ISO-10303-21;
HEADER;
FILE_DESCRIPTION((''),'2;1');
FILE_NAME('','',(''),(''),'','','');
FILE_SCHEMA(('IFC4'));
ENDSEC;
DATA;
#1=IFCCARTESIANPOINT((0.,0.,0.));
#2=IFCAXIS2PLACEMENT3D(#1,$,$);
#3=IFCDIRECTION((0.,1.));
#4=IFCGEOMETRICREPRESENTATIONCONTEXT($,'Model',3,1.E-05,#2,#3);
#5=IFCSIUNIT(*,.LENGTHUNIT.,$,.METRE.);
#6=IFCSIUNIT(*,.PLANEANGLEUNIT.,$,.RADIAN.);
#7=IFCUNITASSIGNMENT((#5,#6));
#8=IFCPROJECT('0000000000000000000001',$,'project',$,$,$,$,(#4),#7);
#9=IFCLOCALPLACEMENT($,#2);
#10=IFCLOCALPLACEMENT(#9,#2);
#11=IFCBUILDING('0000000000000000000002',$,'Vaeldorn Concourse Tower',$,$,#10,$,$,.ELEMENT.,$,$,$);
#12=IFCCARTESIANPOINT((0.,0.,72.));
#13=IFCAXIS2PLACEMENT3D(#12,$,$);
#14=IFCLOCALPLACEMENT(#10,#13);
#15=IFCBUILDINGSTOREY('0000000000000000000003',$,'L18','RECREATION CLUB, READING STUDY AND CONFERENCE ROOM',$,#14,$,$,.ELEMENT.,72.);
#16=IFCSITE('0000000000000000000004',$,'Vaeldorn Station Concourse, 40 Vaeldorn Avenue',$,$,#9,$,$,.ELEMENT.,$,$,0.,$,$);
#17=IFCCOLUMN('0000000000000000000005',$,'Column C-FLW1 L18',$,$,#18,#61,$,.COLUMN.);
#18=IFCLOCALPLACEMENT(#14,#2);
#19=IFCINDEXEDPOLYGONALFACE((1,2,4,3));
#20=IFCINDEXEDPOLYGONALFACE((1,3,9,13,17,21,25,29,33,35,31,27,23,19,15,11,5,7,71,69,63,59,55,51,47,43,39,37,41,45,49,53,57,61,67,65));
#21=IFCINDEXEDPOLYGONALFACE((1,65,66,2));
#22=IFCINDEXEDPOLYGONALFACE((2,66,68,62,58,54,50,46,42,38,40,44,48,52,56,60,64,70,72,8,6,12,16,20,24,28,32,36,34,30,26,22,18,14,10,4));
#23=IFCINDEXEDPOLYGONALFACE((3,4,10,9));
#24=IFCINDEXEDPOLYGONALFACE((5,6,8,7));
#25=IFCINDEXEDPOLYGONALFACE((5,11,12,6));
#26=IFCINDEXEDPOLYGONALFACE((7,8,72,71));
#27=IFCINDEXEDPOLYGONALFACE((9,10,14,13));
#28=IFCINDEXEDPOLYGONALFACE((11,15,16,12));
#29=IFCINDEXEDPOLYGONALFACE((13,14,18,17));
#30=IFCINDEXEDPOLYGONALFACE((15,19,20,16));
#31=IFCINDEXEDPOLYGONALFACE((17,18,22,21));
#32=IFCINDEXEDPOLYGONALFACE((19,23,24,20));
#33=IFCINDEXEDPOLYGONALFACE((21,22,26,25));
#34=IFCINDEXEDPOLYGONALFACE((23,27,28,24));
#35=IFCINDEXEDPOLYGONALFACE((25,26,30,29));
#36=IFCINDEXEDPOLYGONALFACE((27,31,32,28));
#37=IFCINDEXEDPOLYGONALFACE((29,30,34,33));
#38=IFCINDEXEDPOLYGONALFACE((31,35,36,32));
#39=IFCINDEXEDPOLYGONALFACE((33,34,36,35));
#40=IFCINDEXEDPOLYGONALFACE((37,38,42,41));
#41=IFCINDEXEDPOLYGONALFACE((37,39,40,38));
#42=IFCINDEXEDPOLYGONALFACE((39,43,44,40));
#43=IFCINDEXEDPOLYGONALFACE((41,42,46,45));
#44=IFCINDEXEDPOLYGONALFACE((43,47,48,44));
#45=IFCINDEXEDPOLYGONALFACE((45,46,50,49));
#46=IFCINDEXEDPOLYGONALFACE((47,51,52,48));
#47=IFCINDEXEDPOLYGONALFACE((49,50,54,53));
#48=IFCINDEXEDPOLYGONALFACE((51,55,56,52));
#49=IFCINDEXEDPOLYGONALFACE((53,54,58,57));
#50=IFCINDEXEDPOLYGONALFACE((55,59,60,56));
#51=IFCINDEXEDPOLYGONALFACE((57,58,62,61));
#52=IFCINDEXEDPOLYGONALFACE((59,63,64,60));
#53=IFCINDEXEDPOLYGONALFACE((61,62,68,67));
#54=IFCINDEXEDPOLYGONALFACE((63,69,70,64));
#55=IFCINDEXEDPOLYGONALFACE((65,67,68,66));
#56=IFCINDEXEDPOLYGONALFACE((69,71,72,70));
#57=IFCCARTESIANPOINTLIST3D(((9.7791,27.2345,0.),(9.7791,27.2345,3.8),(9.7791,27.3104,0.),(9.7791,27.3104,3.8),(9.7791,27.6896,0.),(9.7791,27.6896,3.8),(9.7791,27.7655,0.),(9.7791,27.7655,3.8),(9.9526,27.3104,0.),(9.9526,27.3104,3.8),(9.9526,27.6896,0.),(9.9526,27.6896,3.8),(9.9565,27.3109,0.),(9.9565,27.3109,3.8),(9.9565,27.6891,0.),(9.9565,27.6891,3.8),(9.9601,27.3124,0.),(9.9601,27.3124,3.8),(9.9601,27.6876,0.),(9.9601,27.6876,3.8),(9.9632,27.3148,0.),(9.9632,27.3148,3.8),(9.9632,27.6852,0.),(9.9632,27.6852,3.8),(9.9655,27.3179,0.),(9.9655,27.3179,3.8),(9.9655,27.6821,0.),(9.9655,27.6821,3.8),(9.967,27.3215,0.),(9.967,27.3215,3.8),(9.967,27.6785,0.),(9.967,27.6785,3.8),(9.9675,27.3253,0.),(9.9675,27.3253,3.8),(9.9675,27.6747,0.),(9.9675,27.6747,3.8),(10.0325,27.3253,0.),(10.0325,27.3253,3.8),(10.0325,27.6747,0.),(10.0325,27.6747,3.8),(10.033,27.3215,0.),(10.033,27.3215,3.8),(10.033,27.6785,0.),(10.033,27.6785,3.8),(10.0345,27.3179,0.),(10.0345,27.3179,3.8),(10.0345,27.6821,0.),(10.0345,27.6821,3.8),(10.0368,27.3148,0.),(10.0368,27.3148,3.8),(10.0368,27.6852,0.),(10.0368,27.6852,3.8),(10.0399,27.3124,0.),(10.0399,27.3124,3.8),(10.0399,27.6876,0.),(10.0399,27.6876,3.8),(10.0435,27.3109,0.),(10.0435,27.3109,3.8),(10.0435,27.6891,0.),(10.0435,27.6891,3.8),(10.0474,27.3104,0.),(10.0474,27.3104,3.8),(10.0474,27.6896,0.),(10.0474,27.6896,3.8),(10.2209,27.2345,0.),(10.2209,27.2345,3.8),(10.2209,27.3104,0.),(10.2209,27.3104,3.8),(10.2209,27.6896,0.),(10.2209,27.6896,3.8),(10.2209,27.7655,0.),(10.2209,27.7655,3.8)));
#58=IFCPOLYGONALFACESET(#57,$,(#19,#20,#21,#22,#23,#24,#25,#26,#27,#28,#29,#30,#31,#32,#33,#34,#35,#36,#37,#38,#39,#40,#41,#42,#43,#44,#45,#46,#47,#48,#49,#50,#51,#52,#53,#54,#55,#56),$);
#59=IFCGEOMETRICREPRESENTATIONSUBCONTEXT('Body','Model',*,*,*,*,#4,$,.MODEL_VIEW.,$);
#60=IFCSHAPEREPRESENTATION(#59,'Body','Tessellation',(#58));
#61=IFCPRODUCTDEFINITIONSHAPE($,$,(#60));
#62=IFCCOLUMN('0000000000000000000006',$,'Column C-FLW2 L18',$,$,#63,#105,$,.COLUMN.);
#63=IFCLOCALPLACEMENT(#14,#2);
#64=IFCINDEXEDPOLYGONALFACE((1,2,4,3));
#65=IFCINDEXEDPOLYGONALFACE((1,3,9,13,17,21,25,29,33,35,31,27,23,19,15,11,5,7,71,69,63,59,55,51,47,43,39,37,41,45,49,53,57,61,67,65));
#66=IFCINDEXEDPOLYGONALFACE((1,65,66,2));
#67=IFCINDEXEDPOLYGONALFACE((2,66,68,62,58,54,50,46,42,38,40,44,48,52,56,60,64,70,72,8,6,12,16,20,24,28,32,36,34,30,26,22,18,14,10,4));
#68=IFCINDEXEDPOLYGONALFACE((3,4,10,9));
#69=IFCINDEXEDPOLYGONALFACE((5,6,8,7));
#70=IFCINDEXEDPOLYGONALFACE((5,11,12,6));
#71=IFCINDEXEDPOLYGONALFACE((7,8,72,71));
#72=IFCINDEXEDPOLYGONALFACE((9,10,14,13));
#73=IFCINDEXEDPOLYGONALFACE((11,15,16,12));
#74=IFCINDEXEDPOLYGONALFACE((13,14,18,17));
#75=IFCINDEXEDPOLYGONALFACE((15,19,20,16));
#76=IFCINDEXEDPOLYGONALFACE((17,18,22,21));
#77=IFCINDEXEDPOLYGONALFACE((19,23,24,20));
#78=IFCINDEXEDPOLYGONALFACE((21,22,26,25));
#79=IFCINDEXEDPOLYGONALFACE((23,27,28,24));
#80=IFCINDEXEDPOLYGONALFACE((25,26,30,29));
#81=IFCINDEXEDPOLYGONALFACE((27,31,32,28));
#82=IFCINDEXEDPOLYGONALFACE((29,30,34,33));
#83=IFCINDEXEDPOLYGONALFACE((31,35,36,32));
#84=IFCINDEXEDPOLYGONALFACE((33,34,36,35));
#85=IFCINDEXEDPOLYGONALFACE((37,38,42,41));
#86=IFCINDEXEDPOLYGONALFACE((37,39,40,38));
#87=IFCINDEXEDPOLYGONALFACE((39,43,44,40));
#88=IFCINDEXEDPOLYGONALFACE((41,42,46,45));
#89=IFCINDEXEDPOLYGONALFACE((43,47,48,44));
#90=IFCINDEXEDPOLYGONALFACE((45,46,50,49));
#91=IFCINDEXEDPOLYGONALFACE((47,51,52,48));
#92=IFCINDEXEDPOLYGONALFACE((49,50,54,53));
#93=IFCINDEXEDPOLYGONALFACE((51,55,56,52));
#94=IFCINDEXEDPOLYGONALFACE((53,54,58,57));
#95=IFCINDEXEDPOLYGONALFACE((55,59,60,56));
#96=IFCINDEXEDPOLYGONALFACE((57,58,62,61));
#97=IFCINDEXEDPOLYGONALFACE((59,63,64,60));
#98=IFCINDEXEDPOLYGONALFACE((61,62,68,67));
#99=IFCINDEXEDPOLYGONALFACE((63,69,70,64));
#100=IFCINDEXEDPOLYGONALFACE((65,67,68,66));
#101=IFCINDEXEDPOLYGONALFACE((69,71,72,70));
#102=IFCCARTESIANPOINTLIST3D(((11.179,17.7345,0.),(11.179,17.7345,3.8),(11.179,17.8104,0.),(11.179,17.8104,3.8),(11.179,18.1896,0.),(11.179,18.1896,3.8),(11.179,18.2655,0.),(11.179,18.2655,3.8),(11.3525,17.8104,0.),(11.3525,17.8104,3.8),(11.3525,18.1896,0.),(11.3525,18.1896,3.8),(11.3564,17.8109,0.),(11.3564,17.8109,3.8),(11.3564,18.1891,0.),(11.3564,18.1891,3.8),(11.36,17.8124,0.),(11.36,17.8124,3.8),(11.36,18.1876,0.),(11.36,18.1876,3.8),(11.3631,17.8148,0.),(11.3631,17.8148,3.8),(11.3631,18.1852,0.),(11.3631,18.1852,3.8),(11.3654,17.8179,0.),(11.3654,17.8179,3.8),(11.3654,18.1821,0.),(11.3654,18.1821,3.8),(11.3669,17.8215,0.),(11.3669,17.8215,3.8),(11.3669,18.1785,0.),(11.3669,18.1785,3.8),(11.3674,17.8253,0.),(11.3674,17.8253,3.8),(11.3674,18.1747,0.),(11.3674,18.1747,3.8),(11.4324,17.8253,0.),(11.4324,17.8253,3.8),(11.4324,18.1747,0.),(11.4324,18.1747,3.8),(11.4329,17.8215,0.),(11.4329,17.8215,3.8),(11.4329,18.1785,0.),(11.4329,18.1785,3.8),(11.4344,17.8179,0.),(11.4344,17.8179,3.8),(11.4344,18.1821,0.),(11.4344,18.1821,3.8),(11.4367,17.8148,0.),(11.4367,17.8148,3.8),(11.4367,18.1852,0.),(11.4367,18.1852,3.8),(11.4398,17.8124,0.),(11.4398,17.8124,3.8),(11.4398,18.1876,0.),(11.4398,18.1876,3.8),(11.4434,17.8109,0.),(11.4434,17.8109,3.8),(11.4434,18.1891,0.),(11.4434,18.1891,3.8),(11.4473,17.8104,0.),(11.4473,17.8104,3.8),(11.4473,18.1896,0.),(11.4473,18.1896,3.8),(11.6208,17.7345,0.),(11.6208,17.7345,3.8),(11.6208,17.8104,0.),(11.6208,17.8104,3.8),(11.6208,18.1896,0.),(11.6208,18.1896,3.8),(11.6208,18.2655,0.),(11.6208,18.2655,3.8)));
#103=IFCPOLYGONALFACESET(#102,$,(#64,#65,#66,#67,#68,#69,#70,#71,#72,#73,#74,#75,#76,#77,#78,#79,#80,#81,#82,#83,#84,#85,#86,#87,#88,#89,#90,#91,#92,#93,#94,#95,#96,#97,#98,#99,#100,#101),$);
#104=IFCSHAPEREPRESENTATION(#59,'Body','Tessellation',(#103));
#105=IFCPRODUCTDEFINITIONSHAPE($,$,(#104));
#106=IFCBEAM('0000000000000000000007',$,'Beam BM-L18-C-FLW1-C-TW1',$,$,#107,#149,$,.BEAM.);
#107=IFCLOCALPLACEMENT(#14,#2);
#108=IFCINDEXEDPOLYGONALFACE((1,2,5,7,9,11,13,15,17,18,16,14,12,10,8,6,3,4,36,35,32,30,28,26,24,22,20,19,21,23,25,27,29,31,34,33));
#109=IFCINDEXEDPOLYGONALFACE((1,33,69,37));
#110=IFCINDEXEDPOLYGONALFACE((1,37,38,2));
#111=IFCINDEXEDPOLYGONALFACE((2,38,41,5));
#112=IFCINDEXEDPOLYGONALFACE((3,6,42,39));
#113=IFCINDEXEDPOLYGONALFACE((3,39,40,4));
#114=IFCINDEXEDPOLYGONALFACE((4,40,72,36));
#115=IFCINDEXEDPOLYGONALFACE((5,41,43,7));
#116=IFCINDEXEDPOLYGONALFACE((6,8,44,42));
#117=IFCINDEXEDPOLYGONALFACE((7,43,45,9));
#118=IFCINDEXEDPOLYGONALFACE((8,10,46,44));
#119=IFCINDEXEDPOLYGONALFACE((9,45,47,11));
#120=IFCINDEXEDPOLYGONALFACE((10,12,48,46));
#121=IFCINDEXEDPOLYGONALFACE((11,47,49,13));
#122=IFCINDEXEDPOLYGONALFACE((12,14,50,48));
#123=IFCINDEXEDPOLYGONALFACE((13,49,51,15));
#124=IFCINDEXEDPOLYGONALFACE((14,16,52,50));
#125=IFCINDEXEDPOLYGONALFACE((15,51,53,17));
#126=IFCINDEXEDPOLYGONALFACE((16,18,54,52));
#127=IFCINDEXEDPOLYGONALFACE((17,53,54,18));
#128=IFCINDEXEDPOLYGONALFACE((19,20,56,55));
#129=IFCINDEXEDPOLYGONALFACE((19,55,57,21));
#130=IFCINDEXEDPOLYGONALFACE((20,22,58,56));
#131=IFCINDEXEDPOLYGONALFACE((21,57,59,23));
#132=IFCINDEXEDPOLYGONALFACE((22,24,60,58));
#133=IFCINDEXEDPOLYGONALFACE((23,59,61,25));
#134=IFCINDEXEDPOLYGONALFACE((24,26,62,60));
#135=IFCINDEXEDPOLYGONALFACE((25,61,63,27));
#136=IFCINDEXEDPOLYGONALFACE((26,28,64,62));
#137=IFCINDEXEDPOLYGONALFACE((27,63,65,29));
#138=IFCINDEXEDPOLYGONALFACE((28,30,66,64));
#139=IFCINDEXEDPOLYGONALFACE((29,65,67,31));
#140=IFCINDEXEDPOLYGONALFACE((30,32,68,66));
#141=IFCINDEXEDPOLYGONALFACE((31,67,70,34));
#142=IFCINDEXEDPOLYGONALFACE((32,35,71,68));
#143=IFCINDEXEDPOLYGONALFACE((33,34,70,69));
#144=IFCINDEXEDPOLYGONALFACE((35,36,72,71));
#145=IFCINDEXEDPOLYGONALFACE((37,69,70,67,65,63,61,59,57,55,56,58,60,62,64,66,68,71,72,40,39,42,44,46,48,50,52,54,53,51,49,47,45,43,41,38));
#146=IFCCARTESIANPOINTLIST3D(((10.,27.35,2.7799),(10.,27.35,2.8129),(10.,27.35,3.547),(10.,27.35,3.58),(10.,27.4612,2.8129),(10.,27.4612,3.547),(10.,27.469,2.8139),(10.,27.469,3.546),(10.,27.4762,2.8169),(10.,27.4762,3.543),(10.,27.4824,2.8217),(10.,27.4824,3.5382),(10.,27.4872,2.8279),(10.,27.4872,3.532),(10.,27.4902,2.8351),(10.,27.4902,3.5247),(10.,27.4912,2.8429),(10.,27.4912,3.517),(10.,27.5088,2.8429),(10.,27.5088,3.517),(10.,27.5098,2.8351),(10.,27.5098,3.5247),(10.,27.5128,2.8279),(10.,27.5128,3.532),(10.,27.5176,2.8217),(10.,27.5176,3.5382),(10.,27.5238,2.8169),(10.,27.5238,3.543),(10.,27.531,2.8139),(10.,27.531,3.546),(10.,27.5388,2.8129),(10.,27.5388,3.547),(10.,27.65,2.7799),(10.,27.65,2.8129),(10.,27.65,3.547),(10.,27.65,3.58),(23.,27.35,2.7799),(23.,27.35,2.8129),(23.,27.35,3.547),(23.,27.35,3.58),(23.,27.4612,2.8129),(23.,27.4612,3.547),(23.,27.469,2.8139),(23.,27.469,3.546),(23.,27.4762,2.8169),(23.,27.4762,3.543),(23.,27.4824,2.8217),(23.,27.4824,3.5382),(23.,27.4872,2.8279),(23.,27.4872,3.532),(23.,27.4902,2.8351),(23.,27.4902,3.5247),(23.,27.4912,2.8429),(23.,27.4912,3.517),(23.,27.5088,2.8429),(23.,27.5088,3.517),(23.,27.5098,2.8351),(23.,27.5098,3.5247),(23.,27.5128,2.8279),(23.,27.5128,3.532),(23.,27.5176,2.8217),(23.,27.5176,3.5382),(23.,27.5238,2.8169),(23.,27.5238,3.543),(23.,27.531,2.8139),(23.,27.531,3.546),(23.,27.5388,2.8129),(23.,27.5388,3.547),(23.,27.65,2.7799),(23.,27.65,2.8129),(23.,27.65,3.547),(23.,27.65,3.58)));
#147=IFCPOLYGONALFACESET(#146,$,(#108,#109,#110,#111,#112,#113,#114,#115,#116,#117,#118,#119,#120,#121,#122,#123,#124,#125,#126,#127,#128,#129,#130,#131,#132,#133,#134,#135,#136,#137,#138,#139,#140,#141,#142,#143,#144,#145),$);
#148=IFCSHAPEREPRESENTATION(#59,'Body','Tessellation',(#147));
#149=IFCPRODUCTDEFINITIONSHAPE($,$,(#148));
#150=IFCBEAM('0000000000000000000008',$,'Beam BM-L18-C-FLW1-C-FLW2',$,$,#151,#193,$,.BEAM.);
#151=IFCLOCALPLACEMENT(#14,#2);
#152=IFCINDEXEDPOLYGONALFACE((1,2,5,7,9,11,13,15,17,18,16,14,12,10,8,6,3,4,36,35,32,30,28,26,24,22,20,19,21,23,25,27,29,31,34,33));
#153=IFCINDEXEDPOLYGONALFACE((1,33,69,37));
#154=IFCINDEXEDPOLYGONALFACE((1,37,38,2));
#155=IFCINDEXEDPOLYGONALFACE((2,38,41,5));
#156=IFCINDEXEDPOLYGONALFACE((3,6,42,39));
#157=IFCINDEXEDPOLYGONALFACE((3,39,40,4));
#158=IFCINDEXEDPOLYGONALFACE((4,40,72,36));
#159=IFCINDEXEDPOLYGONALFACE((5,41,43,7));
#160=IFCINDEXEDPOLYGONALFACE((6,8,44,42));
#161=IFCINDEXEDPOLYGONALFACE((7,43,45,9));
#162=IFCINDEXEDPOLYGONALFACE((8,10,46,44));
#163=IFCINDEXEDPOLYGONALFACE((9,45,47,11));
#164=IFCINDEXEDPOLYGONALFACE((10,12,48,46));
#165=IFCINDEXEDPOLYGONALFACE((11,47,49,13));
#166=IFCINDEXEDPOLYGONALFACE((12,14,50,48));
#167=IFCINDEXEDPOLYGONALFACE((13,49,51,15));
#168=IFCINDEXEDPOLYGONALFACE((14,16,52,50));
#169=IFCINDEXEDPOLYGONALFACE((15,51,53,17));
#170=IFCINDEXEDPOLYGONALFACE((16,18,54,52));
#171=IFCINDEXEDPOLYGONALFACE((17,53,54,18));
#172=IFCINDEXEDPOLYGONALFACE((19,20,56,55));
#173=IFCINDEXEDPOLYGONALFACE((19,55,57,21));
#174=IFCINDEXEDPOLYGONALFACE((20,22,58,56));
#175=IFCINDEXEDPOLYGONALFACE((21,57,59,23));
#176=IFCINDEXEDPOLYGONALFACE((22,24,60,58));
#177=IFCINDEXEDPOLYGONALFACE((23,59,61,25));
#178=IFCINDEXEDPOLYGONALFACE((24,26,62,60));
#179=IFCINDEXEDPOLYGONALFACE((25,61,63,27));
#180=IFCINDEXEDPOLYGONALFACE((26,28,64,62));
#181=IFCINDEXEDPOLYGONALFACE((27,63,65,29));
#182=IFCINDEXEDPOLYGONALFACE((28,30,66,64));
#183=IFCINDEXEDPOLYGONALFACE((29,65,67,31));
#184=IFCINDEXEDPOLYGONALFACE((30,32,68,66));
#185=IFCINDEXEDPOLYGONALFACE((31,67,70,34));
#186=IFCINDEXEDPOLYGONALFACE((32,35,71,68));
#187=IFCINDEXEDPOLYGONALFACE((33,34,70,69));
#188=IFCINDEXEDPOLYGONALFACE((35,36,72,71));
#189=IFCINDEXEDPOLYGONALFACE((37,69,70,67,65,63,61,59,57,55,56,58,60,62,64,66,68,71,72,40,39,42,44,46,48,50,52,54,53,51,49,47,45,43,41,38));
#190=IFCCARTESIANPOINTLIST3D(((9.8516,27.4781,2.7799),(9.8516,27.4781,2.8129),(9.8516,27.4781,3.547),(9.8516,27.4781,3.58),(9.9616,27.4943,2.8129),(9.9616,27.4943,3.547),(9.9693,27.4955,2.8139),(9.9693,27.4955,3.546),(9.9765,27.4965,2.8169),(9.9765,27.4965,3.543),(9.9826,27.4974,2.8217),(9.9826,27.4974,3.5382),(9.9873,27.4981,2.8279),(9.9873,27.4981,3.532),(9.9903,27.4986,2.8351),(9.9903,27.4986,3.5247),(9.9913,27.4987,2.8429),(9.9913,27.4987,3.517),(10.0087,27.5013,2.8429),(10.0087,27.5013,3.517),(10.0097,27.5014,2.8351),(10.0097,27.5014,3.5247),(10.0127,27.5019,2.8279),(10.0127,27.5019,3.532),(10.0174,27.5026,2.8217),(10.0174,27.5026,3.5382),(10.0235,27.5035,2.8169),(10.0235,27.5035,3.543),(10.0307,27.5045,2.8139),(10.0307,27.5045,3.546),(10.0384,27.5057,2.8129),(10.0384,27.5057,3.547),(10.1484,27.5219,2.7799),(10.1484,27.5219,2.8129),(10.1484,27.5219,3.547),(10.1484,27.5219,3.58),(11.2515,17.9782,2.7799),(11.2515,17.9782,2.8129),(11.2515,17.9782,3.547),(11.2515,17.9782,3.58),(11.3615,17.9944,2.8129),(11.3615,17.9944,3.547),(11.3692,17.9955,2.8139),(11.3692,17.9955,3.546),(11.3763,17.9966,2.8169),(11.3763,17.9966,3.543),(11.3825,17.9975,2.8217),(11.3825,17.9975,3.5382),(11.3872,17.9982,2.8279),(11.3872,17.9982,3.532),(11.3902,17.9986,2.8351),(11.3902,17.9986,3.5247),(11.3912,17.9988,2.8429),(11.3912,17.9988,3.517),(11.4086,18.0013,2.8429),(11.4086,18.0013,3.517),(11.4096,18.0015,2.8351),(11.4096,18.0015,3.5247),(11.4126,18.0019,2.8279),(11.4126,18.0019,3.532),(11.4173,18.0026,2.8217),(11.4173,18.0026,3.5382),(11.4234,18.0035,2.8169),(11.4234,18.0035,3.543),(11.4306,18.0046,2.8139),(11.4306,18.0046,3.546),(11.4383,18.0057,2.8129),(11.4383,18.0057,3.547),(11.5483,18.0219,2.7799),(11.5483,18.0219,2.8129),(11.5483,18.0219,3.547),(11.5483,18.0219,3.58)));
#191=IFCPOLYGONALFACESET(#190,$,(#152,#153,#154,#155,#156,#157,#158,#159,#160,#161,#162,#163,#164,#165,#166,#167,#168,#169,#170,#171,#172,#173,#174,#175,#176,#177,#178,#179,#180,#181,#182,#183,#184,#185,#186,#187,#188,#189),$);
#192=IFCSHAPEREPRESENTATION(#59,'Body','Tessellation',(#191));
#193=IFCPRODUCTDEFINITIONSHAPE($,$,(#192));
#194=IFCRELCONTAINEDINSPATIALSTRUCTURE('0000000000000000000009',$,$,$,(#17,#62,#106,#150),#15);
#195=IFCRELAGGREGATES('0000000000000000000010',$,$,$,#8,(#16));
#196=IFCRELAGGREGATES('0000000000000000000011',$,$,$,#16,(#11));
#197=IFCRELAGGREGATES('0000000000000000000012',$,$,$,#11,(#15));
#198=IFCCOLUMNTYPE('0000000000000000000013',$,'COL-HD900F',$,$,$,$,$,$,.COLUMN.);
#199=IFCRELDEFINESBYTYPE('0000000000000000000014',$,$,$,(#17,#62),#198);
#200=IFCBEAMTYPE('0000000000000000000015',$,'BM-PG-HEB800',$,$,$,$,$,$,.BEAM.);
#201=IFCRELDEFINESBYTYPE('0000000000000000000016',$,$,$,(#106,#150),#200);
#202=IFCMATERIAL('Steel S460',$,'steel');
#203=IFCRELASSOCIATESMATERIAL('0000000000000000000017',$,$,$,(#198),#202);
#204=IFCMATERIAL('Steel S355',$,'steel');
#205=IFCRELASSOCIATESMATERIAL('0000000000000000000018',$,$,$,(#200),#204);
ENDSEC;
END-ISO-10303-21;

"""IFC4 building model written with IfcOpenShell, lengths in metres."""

from ifc_helpers import new_model, si_unit, direction, frame, origin, origin_2d, place, context, subcontext, project, spatial, i_section, extrude, source, transform, mapped, material, material_profile, profile_set, type_object, element, save


model = new_model("IFC4")

# Units and contexts
model_context = context("Model", 3, precision=1e-05, world=origin(), true_north=direction((0.0, 1.0)))
body_context = subcontext(model_context, "Body", "Model", "MODEL_VIEW")
ifc_project = project(units=[si_unit("LENGTHUNIT", "METRE"), si_unit("PLANEANGLEUNIT", "RADIAN")], contexts=[model_context])

# Site, building, storey
site_placement = place(None, origin())
site = spatial("IfcSite", under=ifc_project, at=site_placement, Name="Vaeldorn Station Concourse, 40 Vaeldorn Avenue", CompositionType="ELEMENT", RefElevation=0.0)
building_placement = place(site_placement, origin())
building = spatial("IfcBuilding", under=site, at=building_placement, Name="Vaeldorn Concourse Tower", CompositionType="ELEMENT")
storey_placement = place(building_placement, frame((0.0, 0.0, 72.0)))
storey = spatial("IfcBuildingStorey", under=building, at=storey_placement, Name="L18", Description="RECREATION CLUB, READING STUDY AND CONFERENCE ROOM", CompositionType="ELEMENT", Elevation=72.0)

# Columns
ifc_material_1 = material(Name="Steel S460", Category="steel")
ifc_material_profile_1 = material_profile(ifc_material_1, i_section(OverallWidth=0.4419, OverallDepth=0.531, WebThickness=0.0649, FlangeThickness=0.0759, FilletRadius=0.0149, at=origin_2d()), Name="HD 400x900")
ifc_profile_set_1 = profile_set([ifc_material_profile_1], Name="Steel S460")
column_type = type_object("IfcColumnType", Name="COL-HD900F", PredefinedType="COLUMN", material=ifc_profile_set_1)
shared_shape_1 = source(origin(), body_context, "Body", "SweptSolid", [
    extrude(i_section(OverallWidth=0.4419, OverallDepth=0.531, WebThickness=0.0649, FlangeThickness=0.0759, FilletRadius=0.0149, at=origin_2d()), origin(), (0.0, 0.0, 1.0), 3.8),
])
for number, where, z_axis, x_axis, name in (
    (1, (10.0, 27.5, 0.0), (0.0, 0.0, 1.0), (1.0, 0.0, 0.0), "Column C-FLW1 L18"),
    (2, (11.3999, 18.0, 0.0), (0.0, 0.0, 1.0), (1.0, 0.0, 0.0), "Column C-FLW2 L18"),
):
    element("IfcColumn", number, at=place(storey_placement, frame(where, z_axis=z_axis, x_axis=x_axis)), inside=storey, type_object=column_type, Name=name, PredefinedType="COLUMN", context=body_context, shape_type="MappedRepresentation", body=[
        mapped(shared_shape_1, transform((0.0, 0.0, 0.0), scale=1.0)),
    ])

# Beams
ifc_material_2 = material(Name="Steel S355", Category="steel")
ifc_material_profile_2 = material_profile(ifc_material_2, i_section(OverallWidth=0.3, OverallDepth=0.8, WebThickness=0.0176, FlangeThickness=0.033, FilletRadius=0.03, at=origin_2d()), Name="HEB 800")
ifc_profile_set_2 = profile_set([ifc_material_profile_2], Name="Steel S355")
beam_type_1 = type_object("IfcBeamType", Name="BM-PG-HEB800", PredefinedType="BEAM", material=ifc_profile_set_2)
shared_shape_2 = source(origin(), body_context, "Body", "SweptSolid", [
    extrude(i_section(OverallWidth=0.3, OverallDepth=0.8, WebThickness=0.0176, FlangeThickness=0.033, FilletRadius=0.03, at=origin_2d()), origin(), (0.0, 0.0, 1.0), 13.0),
])
beam_1_placement = place(storey_placement, frame((10.0, 27.5, 3.1799), z_axis=(1.0, 0.0, 0.0), x_axis=(0.0, 1.0, 0.0)))
element("IfcBeam", 3, at=beam_1_placement, inside=storey, type_object=beam_type_1, Name="Beam BM-L18-C-FLW1-C-TW1", PredefinedType="BEAM", context=body_context, shape_type="MappedRepresentation", body=[
    mapped(shared_shape_2, transform((0.0, 0.0, 0.0), scale=1.0)),
])
shared_shape_3 = source(origin(), body_context, "Body", "SweptSolid", [
    extrude(i_section(OverallWidth=0.3, OverallDepth=0.8, WebThickness=0.0176, FlangeThickness=0.033, FilletRadius=0.03, at=origin_2d()), origin(), (0.0, 0.0, 1.0), 9.6025),
])
beam_2_placement = place(storey_placement, frame((10.0, 27.5, 3.1799), z_axis=(0.145784, -0.989316, 0.0), x_axis=(0.989316, 0.145784, 0.0)))
element("IfcBeam", 4, at=beam_2_placement, inside=storey, type_object=beam_type_1, Name="Beam BM-L18-C-FLW1-C-FLW2", PredefinedType="BEAM", context=body_context, shape_type="MappedRepresentation", body=[
    mapped(shared_shape_3, transform((0.0, 0.0, 0.0), scale=1.0)),
])

save(model, "model.ifc")
